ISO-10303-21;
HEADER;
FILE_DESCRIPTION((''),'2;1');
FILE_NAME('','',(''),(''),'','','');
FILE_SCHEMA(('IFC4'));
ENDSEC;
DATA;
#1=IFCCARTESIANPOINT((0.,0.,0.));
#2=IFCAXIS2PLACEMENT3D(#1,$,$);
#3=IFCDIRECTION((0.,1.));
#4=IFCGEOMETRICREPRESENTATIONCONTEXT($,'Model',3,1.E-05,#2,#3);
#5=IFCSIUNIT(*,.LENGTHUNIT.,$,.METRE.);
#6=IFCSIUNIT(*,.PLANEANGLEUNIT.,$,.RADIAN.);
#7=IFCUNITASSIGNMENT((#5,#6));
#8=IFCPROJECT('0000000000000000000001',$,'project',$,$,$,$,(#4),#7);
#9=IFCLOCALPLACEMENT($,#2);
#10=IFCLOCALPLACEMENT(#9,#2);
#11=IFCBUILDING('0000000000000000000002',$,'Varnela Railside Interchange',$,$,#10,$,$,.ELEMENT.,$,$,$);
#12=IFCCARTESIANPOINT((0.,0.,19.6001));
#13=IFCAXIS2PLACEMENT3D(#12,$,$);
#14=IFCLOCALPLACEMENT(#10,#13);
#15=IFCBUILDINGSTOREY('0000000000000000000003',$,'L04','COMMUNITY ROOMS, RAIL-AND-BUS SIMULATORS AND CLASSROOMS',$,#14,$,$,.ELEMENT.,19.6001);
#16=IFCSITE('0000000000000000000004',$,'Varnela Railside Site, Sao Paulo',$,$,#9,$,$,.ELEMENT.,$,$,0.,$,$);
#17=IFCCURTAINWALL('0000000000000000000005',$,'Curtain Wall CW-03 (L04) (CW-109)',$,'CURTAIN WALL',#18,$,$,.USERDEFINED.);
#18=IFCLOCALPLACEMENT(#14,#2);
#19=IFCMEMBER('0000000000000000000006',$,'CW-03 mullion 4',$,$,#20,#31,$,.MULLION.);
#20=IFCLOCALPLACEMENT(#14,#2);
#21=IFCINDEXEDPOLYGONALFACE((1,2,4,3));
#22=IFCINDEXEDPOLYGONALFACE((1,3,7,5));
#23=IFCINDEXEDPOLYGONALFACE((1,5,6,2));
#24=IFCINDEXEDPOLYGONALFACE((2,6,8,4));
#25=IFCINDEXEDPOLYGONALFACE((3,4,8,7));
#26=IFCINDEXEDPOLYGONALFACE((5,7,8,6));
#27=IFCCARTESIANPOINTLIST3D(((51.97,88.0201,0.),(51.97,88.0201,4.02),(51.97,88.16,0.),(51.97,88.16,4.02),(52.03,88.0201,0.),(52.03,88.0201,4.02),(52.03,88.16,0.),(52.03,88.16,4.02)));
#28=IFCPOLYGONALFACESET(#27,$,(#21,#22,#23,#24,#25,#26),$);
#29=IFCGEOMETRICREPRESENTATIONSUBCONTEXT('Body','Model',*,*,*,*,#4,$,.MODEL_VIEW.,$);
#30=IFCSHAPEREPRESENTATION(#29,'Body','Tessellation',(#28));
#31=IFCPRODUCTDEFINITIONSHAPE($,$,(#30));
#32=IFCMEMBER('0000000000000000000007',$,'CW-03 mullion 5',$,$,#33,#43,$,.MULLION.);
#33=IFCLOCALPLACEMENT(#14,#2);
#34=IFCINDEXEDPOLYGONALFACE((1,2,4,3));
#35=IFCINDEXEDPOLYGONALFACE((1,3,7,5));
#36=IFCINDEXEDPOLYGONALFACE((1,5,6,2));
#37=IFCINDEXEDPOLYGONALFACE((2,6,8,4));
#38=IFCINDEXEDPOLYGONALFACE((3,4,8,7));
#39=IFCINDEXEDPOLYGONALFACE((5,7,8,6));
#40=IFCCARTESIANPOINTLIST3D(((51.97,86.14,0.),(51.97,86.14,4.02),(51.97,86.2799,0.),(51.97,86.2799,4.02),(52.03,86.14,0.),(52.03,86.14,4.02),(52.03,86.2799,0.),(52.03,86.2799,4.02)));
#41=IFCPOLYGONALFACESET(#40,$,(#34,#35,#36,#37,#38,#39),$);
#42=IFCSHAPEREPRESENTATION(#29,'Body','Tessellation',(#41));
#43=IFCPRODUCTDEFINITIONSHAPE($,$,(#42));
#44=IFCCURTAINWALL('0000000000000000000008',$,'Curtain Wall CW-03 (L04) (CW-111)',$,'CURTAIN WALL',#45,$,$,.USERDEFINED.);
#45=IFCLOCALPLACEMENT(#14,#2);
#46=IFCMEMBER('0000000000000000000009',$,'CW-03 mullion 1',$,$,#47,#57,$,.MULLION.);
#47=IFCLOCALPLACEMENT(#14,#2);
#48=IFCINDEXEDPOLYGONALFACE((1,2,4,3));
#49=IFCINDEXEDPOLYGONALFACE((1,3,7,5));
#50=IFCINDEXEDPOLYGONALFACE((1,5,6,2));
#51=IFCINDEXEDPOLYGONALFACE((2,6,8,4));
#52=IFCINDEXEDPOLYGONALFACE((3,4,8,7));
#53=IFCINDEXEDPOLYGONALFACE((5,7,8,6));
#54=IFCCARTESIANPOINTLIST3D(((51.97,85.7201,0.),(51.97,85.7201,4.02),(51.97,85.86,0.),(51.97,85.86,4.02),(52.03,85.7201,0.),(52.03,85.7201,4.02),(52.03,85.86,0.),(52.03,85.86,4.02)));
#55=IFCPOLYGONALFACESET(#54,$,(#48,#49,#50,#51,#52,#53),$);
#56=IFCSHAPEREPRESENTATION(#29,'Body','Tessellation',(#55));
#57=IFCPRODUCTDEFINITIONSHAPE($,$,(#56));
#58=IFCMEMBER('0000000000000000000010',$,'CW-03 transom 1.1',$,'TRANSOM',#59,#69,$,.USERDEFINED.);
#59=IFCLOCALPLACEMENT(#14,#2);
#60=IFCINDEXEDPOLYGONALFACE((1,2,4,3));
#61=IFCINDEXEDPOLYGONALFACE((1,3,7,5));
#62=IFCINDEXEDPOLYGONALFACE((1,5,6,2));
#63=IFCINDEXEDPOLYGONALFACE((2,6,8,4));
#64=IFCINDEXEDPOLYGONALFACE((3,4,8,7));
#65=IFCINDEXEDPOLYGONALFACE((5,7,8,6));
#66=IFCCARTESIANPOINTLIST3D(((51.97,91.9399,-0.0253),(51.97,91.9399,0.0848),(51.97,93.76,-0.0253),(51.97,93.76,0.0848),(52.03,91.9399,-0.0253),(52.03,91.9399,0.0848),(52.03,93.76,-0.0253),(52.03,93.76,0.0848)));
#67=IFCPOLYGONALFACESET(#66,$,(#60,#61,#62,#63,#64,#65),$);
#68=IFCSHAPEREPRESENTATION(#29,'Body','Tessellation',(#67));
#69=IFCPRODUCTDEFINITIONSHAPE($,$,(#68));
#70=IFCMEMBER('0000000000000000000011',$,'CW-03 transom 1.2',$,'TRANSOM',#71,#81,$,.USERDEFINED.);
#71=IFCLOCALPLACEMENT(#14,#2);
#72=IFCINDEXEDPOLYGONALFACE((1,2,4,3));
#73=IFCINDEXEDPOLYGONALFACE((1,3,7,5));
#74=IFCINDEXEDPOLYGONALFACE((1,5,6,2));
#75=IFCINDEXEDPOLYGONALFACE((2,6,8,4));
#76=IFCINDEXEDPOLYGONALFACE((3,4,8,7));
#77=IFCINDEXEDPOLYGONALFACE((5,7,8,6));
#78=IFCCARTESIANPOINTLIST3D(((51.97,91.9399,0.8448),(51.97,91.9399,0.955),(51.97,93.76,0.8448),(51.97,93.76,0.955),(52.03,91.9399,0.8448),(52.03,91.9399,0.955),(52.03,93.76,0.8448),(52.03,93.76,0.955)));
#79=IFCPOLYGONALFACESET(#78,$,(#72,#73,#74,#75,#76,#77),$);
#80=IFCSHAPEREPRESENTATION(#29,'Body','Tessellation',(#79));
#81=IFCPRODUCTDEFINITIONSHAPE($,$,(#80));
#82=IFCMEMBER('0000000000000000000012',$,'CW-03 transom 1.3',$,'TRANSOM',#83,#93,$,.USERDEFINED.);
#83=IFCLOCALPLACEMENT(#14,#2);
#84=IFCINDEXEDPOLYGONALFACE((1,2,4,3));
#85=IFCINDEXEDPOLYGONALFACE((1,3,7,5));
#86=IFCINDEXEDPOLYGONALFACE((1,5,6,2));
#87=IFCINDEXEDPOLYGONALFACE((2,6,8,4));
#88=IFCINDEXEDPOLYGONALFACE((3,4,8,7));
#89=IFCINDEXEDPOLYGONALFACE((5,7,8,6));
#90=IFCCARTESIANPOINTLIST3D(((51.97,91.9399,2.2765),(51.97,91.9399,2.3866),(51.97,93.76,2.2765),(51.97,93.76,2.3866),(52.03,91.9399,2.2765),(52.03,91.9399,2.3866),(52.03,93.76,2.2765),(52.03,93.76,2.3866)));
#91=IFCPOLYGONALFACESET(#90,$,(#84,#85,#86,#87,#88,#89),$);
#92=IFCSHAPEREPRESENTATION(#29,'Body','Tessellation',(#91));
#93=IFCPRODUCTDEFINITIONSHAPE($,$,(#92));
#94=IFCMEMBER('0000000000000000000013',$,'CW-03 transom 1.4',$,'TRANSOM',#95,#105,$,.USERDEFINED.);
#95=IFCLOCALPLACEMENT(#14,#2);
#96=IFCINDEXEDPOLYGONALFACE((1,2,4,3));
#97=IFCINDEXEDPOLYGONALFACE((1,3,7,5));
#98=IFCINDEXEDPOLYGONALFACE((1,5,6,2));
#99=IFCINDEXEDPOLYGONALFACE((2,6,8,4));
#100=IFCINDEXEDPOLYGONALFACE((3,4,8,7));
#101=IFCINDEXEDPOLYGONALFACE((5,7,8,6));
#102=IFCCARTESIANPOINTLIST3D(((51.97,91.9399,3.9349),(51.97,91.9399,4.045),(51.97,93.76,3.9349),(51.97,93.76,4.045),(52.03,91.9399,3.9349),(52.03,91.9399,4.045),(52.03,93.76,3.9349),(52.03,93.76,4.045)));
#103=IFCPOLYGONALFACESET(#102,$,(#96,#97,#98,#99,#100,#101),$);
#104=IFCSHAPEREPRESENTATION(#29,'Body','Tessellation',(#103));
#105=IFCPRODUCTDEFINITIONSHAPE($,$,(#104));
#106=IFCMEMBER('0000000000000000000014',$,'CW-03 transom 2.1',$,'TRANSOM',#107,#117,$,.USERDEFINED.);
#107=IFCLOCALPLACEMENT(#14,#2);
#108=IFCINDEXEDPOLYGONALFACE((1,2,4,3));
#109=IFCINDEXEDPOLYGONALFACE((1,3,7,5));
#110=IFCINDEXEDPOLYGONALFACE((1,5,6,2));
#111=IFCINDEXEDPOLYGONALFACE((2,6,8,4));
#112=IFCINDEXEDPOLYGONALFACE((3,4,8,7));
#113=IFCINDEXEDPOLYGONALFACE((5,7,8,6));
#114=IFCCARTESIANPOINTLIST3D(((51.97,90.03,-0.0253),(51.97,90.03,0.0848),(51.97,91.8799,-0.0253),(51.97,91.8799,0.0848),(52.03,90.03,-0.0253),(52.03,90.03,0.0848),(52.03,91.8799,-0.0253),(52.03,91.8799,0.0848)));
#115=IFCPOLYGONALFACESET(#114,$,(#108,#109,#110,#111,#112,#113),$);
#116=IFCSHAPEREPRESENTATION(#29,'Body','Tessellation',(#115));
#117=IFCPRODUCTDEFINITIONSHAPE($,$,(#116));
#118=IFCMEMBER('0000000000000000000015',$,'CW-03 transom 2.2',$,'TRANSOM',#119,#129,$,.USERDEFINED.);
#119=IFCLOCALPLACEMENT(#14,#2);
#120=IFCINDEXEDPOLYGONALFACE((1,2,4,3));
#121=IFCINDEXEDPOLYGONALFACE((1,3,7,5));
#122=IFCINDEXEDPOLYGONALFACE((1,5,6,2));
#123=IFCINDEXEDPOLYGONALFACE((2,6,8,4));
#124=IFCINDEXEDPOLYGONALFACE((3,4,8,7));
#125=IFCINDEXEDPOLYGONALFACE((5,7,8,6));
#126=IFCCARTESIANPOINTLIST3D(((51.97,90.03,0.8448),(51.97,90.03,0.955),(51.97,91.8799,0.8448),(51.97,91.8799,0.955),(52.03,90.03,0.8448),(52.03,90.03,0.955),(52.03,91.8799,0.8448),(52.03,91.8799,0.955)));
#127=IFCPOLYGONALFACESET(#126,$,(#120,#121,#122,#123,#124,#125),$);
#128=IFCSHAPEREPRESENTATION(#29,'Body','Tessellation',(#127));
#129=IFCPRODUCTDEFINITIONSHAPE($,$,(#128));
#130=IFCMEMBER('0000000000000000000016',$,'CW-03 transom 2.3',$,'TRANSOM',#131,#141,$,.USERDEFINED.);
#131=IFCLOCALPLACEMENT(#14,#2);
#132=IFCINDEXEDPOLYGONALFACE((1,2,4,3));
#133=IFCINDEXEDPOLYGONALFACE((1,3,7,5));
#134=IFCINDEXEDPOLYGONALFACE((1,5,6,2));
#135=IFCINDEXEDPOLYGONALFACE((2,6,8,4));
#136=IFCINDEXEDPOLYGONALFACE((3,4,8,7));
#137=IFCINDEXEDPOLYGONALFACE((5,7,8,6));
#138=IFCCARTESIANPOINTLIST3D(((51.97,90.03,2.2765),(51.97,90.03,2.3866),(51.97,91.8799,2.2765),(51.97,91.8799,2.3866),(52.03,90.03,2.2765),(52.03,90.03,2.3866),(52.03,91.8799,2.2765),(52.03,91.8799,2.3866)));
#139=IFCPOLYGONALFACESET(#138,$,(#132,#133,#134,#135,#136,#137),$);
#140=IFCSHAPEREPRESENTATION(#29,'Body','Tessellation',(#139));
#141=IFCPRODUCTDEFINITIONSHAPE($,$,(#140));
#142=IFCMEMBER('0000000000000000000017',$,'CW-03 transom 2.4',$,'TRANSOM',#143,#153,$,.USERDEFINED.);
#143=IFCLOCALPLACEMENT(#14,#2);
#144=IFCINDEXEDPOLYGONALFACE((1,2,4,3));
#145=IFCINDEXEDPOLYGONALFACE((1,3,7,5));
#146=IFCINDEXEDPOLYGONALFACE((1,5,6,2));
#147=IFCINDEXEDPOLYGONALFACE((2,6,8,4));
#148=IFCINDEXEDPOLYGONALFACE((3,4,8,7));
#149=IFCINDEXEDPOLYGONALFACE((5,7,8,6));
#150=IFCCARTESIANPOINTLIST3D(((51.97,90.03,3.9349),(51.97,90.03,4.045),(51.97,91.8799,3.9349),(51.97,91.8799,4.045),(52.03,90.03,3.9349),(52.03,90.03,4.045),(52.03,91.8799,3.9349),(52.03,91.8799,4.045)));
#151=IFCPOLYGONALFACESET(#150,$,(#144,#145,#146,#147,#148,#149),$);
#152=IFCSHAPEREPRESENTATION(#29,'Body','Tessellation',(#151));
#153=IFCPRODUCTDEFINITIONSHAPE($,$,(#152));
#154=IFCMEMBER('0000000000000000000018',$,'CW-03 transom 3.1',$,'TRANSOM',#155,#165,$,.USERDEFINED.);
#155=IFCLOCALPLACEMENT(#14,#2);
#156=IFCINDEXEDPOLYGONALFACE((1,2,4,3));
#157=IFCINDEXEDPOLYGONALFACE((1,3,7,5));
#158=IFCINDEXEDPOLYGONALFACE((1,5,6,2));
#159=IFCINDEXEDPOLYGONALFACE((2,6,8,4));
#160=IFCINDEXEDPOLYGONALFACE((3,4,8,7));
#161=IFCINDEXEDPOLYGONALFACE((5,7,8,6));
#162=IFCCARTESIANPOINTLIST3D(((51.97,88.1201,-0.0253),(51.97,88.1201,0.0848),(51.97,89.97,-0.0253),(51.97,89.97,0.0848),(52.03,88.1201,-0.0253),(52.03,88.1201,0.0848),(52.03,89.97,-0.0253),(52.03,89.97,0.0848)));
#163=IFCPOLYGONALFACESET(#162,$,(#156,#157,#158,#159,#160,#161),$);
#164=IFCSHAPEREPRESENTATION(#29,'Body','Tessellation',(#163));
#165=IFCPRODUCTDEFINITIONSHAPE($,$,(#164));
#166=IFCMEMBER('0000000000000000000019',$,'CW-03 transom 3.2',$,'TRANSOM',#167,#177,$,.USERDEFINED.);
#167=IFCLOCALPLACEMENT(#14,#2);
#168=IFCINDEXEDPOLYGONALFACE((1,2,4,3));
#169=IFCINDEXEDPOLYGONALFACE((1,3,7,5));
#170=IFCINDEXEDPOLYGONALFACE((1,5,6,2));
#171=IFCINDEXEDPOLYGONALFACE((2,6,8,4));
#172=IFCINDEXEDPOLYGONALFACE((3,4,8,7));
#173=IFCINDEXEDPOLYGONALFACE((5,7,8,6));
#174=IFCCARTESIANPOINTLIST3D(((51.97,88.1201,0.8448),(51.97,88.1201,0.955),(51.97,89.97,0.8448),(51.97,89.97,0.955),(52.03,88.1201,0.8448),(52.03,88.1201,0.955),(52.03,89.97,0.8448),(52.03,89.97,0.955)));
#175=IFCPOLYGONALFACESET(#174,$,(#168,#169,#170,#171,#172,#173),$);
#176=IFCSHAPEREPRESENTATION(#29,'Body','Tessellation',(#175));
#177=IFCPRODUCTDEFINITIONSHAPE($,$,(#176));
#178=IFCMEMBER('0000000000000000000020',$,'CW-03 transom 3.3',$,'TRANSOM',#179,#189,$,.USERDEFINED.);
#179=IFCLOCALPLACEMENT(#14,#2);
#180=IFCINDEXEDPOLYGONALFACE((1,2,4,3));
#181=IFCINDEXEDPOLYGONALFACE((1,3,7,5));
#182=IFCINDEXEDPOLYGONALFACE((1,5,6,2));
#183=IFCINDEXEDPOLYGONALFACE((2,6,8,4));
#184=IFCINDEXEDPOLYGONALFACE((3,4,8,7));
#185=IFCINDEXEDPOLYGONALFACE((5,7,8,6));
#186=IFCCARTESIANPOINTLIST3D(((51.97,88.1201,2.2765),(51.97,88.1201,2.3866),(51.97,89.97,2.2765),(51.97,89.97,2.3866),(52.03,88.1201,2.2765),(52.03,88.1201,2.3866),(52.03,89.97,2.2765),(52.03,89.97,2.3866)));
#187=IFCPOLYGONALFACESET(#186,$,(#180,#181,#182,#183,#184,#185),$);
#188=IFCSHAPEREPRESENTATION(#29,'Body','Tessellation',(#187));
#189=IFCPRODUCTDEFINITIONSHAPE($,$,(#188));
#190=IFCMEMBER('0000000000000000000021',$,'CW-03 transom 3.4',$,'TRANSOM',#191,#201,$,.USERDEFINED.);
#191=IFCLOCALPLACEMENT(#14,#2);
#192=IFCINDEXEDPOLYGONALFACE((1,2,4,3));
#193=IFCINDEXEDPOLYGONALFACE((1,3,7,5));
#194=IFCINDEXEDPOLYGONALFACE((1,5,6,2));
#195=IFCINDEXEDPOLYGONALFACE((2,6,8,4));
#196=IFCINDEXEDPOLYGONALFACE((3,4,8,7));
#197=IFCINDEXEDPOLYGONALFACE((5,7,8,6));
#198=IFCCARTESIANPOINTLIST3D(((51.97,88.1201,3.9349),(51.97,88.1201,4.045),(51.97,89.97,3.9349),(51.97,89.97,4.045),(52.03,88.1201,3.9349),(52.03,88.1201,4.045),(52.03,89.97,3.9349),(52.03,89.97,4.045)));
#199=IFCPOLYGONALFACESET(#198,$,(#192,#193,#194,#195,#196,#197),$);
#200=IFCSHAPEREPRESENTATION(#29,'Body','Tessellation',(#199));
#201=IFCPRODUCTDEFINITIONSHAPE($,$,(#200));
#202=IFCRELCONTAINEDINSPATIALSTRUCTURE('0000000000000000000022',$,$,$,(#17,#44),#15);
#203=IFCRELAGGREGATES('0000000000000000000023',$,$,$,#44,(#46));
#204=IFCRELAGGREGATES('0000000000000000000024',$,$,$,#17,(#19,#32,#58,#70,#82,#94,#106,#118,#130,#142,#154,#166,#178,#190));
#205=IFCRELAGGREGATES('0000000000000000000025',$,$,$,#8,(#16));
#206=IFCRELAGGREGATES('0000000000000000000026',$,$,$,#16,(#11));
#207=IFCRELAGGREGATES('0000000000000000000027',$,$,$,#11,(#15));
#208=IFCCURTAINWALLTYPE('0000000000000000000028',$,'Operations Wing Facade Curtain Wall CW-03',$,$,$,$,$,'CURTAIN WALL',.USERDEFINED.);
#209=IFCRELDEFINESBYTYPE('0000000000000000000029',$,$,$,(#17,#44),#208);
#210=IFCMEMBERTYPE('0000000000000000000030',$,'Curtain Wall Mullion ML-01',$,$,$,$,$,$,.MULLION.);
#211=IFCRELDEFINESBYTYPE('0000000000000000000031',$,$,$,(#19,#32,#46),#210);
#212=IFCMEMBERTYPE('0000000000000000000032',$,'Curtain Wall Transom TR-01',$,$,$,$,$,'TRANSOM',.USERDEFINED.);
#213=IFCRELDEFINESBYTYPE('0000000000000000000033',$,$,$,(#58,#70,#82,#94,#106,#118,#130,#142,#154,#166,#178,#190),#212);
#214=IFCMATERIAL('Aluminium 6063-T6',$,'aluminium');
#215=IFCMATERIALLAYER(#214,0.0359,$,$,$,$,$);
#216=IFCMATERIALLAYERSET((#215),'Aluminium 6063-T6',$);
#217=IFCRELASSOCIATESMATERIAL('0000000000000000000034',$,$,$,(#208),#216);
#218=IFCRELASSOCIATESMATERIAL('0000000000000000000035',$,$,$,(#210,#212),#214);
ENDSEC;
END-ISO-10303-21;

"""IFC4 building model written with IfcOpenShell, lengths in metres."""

from ifc_helpers import new_model, si_unit, direction, frame, origin, origin_2d, place, context, subcontext, project, spatial, rectangle, extrude, material, layer, layer_set, material_profile, profile_set, type_object, element, aggregate, save


model = new_model("IFC4")

# Units and contexts
model_context = context("Model", 3, precision=1e-05, world=origin(), true_north=direction((0.0, 1.0)))
body_context = subcontext(model_context, "Body", "Model", "MODEL_VIEW")
ifc_project = project(units=[si_unit("LENGTHUNIT", "METRE"), si_unit("PLANEANGLEUNIT", "RADIAN")], contexts=[model_context])

# Site, building, storey
site_placement = place(None, origin())
site = spatial("IfcSite", under=ifc_project, at=site_placement, Name="Varnela Railside Site, Sao Paulo", CompositionType="ELEMENT", RefElevation=0.0)
building_placement = place(site_placement, origin())
building = spatial("IfcBuilding", under=site, at=building_placement, Name="Varnela Railside Interchange", CompositionType="ELEMENT")
storey_placement = place(building_placement, frame((0.0, 0.0, 19.6001)))
storey = spatial("IfcBuildingStorey", under=building, at=storey_placement, Name="L04", Description="COMMUNITY ROOMS, RAIL-AND-BUS SIMULATORS AND CLASSROOMS", CompositionType="ELEMENT", Elevation=19.6001)

# Curtain wall, members
ifc_material_1 = material(Name="Aluminium 6063-T6", Category="aluminium")
ifc_layer_1 = layer(ifc_material_1, 0.0359)
ifc_layer_set_1 = layer_set([ifc_layer_1], Name="Aluminium 6063-T6")
curtain_wall_type = type_object("IfcCurtainWallType", Name="Operations Wing Facade Curtain Wall CW-03", ElementType="CURTAIN WALL", PredefinedType="USERDEFINED", material=ifc_layer_set_1)
curtain_wall_1_placement = place(storey_placement, origin())
curtain_wall_1 = element("IfcCurtainWall", 1, at=curtain_wall_1_placement, inside=storey, type_object=curtain_wall_type, Name="Curtain Wall CW-03 (L04) (CW-109)", ObjectType="CURTAIN WALL", PredefinedType="USERDEFINED")
ifc_material_profile_1 = material_profile(ifc_material_1, rectangle(XDim=0.0601, YDim=0.1399, at=origin_2d()), Name="ALU 60x140")
ifc_profile_set_1 = profile_set([ifc_material_profile_1], Name="Aluminium 6063-T6")
member_type_1 = type_object("IfcMemberType", Name="Curtain Wall Mullion ML-01", PredefinedType="MULLION", material=ifc_profile_set_1)
member_1_placement = place(storey_placement, frame((52.0, 88.0901, 0.0), z_axis=(0.0, 0.0, 1.0), x_axis=(1.0, 0.0, 0.0)))
member_1 = element("IfcMember", 2, at=member_1_placement, type_object=member_type_1, Name="CW-03 mullion 4", PredefinedType="MULLION", context=body_context, shape_type="SweptSolid", body=[
    extrude(rectangle(XDim=0.0601, YDim=0.1399, at=origin_2d()), origin(), (0.0, 0.0, 1.0), 4.02),
])
member_2_placement = place(storey_placement, frame((52.0, 86.21, 0.0), z_axis=(0.0, 0.0, 1.0), x_axis=(1.0, 0.0, 0.0)))
member_2 = element("IfcMember", 3, at=member_2_placement, type_object=member_type_1, Name="CW-03 mullion 5", PredefinedType="MULLION", context=body_context, shape_type="SweptSolid", body=[
    extrude(rectangle(XDim=0.0601, YDim=0.1399, at=origin_2d()), origin(), (0.0, 0.0, 1.0), 4.02),
])

# Curtain wall, member
curtain_wall_2_placement = place(storey_placement, origin())
curtain_wall_2 = element("IfcCurtainWall", 4, at=curtain_wall_2_placement, inside=storey, type_object=curtain_wall_type, Name="Curtain Wall CW-03 (L04) (CW-111)", ObjectType="CURTAIN WALL", PredefinedType="USERDEFINED")
member_3_placement = place(storey_placement, frame((52.0, 85.79, 0.0), z_axis=(0.0, 0.0, 1.0), x_axis=(1.0, 0.0, 0.0)))
member_3 = element("IfcMember", 5, at=member_3_placement, type_object=member_type_1, Name="CW-03 mullion 1", PredefinedType="MULLION", context=body_context, shape_type="SweptSolid", body=[
    extrude(rectangle(XDim=0.0601, YDim=0.1399, at=origin_2d()), origin(), (0.0, 0.0, 1.0), 4.02),
])

# Members
ifc_material_profile_2 = material_profile(ifc_material_1, rectangle(XDim=0.0601, YDim=0.1101, at=origin_2d()), Name="ALU 60x110")
ifc_profile_set_2 = profile_set([ifc_material_profile_2], Name="Aluminium 6063-T6")
member_type_2 = type_object("IfcMemberType", Name="Curtain Wall Transom TR-01", ElementType="TRANSOM", PredefinedType="USERDEFINED", material=ifc_profile_set_2)
member_4_placement = place(storey_placement, frame((52.0, 93.76, 0.0298), z_axis=(0.0, -1.0, 0.0), x_axis=(1.0, 0.0, 0.0)))
member_4 = element("IfcMember", 6, at=member_4_placement, type_object=member_type_2, Name="CW-03 transom 1.1", ObjectType="TRANSOM", PredefinedType="USERDEFINED", context=body_context, shape_type="SweptSolid", body=[
    extrude(rectangle(XDim=0.0601, YDim=0.1101, at=origin_2d()), origin(), (0.0, 0.0, 1.0), 1.8201),
])
member_5_placement = place(storey_placement, frame((52.0, 93.76, 0.8999), z_axis=(0.0, -1.0, 0.0), x_axis=(1.0, 0.0, 0.0)))
member_5 = element("IfcMember", 7, at=member_5_placement, type_object=member_type_2, Name="CW-03 transom 1.2", ObjectType="TRANSOM", PredefinedType="USERDEFINED", context=body_context, shape_type="SweptSolid", body=[
    extrude(rectangle(XDim=0.0601, YDim=0.1101, at=origin_2d()), origin(), (0.0, 0.0, 1.0), 1.8201),
])
member_6_placement = place(storey_placement, frame((52.0, 93.76, 2.3315), z_axis=(0.0, -1.0, 0.0), x_axis=(1.0, 0.0, 0.0)))
member_6 = element("IfcMember", 8, at=member_6_placement, type_object=member_type_2, Name="CW-03 transom 1.3", ObjectType="TRANSOM", PredefinedType="USERDEFINED", context=body_context, shape_type="SweptSolid", body=[
    extrude(rectangle(XDim=0.0601, YDim=0.1101, at=origin_2d()), origin(), (0.0, 0.0, 1.0), 1.8201),
])
member_7_placement = place(storey_placement, frame((52.0, 93.76, 3.99), z_axis=(0.0, -1.0, 0.0), x_axis=(1.0, 0.0, 0.0)))
member_7 = element("IfcMember", 9, at=member_7_placement, type_object=member_type_2, Name="CW-03 transom 1.4", ObjectType="TRANSOM", PredefinedType="USERDEFINED", context=body_context, shape_type="SweptSolid", body=[
    extrude(rectangle(XDim=0.0601, YDim=0.1101, at=origin_2d()), origin(), (0.0, 0.0, 1.0), 1.8201),
])
member_8_placement = place(storey_placement, frame((52.0, 91.8799, 0.0298), z_axis=(0.0, -1.0, 0.0), x_axis=(1.0, 0.0, 0.0)))
member_8 = element("IfcMember", 10, at=member_8_placement, type_object=member_type_2, Name="CW-03 transom 2.1", ObjectType="TRANSOM", PredefinedType="USERDEFINED", context=body_context, shape_type="SweptSolid", body=[
    extrude(rectangle(XDim=0.0601, YDim=0.1101, at=origin_2d()), origin(), (0.0, 0.0, 1.0), 1.8499),
])
member_9_placement = place(storey_placement, frame((52.0, 91.8799, 0.8999), z_axis=(0.0, -1.0, 0.0), x_axis=(1.0, 0.0, 0.0)))
member_9 = element("IfcMember", 11, at=member_9_placement, type_object=member_type_2, Name="CW-03 transom 2.2", ObjectType="TRANSOM", PredefinedType="USERDEFINED", context=body_context, shape_type="SweptSolid", body=[
    extrude(rectangle(XDim=0.0601, YDim=0.1101, at=origin_2d()), origin(), (0.0, 0.0, 1.0), 1.8499),
])
member_10_placement = place(storey_placement, frame((52.0, 91.8799, 2.3315), z_axis=(0.0, -1.0, 0.0), x_axis=(1.0, 0.0, 0.0)))
member_10 = element("IfcMember", 12, at=member_10_placement, type_object=member_type_2, Name="CW-03 transom 2.3", ObjectType="TRANSOM", PredefinedType="USERDEFINED", context=body_context, shape_type="SweptSolid", body=[
    extrude(rectangle(XDim=0.0601, YDim=0.1101, at=origin_2d()), origin(), (0.0, 0.0, 1.0), 1.8499),
])
member_11_placement = place(storey_placement, frame((52.0, 91.8799, 3.99), z_axis=(0.0, -1.0, 0.0), x_axis=(1.0, 0.0, 0.0)))
member_11 = element("IfcMember", 13, at=member_11_placement, type_object=member_type_2, Name="CW-03 transom 2.4", ObjectType="TRANSOM", PredefinedType="USERDEFINED", context=body_context, shape_type="SweptSolid", body=[
    extrude(rectangle(XDim=0.0601, YDim=0.1101, at=origin_2d()), origin(), (0.0, 0.0, 1.0), 1.8499),
])
member_12_placement = place(storey_placement, frame((52.0, 89.97, 0.0298), z_axis=(0.0, -1.0, 0.0), x_axis=(1.0, 0.0, 0.0)))
member_12 = element("IfcMember", 14, at=member_12_placement, type_object=member_type_2, Name="CW-03 transom 3.1", ObjectType="TRANSOM", PredefinedType="USERDEFINED", context=body_context, shape_type="SweptSolid", body=[
    extrude(rectangle(XDim=0.0601, YDim=0.1101, at=origin_2d()), origin(), (0.0, 0.0, 1.0), 1.8499),
])
member_13_placement = place(storey_placement, frame((52.0, 89.97, 0.8999), z_axis=(0.0, -1.0, 0.0), x_axis=(1.0, 0.0, 0.0)))
member_13 = element("IfcMember", 15, at=member_13_placement, type_object=member_type_2, Name="CW-03 transom 3.2", ObjectType="TRANSOM", PredefinedType="USERDEFINED", context=body_context, shape_type="SweptSolid", body=[
    extrude(rectangle(XDim=0.0601, YDim=0.1101, at=origin_2d()), origin(), (0.0, 0.0, 1.0), 1.8499),
])
member_14_placement = place(storey_placement, frame((52.0, 89.97, 2.3315), z_axis=(0.0, -1.0, 0.0), x_axis=(1.0, 0.0, 0.0)))
member_14 = element("IfcMember", 16, at=member_14_placement, type_object=member_type_2, Name="CW-03 transom 3.3", ObjectType="TRANSOM", PredefinedType="USERDEFINED", context=body_context, shape_type="SweptSolid", body=[
    extrude(rectangle(XDim=0.0601, YDim=0.1101, at=origin_2d()), origin(), (0.0, 0.0, 1.0), 1.8499),
])
member_15_placement = place(storey_placement, frame((52.0, 89.97, 3.99), z_axis=(0.0, -1.0, 0.0), x_axis=(1.0, 0.0, 0.0)))
member_15 = element("IfcMember", 17, at=member_15_placement, type_object=member_type_2, Name="CW-03 transom 3.4", ObjectType="TRANSOM", PredefinedType="USERDEFINED", context=body_context, shape_type="SweptSolid", body=[
    extrude(rectangle(XDim=0.0601, YDim=0.1101, at=origin_2d()), origin(), (0.0, 0.0, 1.0), 1.8499),
])
aggregate(curtain_wall_2, [member_3])

aggregate(curtain_wall_1, [member_1, member_2, member_4, member_5, member_6, member_7, member_8, member_9, member_10, member_11, member_12, member_13, member_14, member_15])

save(model, "model.ifc")
